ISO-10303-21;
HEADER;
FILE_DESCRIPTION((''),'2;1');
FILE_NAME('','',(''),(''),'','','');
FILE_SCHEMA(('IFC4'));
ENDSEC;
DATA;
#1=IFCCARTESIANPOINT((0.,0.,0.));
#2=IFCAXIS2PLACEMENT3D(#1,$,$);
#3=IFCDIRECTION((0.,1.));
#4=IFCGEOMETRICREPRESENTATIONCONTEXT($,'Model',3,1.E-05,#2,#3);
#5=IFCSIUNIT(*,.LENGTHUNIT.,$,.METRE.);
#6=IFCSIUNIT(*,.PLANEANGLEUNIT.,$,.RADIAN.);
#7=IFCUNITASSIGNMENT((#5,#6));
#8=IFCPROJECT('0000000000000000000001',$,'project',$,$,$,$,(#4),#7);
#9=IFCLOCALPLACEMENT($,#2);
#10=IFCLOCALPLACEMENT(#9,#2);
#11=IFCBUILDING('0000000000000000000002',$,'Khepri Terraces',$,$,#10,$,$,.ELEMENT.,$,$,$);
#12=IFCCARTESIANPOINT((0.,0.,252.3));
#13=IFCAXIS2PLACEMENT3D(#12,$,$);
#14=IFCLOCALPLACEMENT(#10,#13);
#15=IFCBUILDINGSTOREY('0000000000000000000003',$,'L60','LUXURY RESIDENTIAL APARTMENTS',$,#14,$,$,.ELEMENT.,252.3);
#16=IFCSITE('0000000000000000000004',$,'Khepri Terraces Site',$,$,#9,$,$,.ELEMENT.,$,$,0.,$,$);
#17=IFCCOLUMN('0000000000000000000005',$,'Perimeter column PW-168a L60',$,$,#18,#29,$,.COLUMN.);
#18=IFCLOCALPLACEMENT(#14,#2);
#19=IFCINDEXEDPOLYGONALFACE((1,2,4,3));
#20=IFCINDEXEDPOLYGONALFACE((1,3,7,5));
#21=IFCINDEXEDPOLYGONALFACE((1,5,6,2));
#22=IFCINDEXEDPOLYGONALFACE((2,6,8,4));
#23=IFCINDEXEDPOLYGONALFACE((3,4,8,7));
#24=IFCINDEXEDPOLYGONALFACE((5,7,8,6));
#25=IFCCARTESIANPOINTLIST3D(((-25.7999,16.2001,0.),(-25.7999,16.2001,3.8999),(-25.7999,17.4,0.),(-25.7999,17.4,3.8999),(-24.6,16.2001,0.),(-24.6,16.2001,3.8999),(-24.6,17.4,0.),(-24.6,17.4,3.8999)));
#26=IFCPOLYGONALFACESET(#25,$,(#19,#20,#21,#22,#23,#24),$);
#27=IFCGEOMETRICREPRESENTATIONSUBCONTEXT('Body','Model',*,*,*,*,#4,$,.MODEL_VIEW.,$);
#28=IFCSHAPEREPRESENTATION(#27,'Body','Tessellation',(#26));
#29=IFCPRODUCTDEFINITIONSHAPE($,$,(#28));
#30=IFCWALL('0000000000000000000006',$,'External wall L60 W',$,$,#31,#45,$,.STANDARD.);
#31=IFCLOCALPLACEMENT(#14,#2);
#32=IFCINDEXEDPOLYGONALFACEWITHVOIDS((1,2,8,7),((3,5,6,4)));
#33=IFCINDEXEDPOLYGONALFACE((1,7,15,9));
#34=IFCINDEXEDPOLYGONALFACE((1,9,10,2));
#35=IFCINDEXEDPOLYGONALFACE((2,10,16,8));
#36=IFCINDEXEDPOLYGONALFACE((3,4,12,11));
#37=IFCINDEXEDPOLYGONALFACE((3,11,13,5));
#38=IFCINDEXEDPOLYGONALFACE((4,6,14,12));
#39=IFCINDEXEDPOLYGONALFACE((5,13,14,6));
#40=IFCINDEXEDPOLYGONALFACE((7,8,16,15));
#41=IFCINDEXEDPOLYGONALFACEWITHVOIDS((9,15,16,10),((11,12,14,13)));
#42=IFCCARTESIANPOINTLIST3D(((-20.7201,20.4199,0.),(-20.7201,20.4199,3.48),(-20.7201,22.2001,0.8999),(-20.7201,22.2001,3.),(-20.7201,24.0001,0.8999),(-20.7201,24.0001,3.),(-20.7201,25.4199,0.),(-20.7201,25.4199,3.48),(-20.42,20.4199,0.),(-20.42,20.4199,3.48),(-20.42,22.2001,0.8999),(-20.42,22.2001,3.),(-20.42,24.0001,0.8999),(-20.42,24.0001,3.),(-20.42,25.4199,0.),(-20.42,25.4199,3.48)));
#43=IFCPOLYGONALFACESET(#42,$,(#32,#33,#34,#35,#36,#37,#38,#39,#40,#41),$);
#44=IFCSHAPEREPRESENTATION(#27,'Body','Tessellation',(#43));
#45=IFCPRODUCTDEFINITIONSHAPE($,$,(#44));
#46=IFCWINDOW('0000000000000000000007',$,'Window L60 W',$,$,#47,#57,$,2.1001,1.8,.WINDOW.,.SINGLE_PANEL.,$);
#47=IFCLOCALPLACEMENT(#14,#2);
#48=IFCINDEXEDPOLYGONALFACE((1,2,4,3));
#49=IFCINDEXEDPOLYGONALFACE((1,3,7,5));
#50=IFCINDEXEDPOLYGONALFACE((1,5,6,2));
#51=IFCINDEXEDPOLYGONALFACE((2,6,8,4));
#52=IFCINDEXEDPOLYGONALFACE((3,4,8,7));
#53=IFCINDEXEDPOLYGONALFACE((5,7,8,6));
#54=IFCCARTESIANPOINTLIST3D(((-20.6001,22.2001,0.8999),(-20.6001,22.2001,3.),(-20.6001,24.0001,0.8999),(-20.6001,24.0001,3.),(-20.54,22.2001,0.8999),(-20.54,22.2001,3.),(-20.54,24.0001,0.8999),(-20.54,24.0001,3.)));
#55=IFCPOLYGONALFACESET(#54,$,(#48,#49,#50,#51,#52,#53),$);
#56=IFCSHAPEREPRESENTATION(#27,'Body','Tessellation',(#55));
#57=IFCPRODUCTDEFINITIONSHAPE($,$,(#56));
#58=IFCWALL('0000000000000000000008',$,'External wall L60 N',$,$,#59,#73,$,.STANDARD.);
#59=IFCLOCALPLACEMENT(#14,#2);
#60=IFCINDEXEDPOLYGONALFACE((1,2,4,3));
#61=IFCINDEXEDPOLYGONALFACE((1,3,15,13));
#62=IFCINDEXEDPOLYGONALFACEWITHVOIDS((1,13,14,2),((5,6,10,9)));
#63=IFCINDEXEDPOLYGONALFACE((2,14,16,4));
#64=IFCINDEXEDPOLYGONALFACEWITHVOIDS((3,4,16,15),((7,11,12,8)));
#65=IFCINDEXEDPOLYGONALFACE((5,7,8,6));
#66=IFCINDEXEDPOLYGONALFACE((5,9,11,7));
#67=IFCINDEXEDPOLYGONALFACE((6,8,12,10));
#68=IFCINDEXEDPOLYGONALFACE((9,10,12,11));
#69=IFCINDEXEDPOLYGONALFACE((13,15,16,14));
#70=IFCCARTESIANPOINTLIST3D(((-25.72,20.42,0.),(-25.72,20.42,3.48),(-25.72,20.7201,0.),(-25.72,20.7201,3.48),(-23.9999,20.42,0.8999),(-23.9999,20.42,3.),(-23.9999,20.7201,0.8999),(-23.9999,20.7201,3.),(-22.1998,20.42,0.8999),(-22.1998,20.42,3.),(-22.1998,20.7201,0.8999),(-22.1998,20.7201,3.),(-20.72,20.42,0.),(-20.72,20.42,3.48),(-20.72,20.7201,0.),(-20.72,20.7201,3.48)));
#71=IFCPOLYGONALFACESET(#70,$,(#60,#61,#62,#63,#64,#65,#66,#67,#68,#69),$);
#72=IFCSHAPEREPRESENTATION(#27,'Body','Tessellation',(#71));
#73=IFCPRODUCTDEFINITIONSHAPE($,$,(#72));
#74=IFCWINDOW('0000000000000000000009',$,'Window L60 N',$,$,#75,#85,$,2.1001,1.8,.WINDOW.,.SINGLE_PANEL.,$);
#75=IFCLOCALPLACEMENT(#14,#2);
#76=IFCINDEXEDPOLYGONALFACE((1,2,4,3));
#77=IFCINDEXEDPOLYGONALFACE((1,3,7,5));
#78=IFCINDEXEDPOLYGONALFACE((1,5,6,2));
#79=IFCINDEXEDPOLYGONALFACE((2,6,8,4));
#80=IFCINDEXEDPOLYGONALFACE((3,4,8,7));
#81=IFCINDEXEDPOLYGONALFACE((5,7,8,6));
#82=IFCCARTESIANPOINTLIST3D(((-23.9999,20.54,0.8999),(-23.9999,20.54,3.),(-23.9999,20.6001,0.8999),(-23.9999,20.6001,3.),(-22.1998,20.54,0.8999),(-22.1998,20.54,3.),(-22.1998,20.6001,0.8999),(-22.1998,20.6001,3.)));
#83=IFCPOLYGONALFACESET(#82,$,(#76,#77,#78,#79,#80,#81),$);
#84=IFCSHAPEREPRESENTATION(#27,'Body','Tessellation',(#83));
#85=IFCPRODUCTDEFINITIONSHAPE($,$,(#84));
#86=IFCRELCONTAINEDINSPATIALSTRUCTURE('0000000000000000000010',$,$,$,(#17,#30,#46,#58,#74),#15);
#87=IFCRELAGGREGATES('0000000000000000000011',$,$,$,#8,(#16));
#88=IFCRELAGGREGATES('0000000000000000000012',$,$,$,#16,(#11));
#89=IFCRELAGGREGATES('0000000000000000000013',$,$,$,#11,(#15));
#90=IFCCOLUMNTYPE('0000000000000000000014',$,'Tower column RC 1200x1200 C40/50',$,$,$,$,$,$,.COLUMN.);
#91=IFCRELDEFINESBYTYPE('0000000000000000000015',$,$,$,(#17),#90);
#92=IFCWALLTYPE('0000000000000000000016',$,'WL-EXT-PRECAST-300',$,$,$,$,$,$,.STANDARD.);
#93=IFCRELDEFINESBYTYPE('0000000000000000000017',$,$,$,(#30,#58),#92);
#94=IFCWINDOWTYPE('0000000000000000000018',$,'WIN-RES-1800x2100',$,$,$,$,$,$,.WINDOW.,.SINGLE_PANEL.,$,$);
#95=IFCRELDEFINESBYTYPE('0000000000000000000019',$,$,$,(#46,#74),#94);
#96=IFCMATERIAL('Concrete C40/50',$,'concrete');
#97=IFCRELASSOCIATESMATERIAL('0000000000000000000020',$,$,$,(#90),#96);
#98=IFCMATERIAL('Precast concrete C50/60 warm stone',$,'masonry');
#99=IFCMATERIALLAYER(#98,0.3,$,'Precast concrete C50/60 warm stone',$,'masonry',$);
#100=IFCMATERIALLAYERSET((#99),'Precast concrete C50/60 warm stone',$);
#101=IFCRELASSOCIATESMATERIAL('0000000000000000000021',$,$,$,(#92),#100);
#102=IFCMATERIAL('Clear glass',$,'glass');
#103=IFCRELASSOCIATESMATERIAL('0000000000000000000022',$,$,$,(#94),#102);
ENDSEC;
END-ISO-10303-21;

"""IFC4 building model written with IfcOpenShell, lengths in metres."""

from ifc_helpers import new_model, si_unit, direction, frame, frame_2d, origin, origin_2d, place, context, subcontext, project, spatial, rectangle, extrude, material, layer, layer_set, material_profile, profile_set, type_object, element, fill, save


model = new_model("IFC4")

# Units and contexts
model_context = context("Model", 3, precision=1e-05, world=origin(), true_north=direction((0.0, 1.0)))
body_context = subcontext(model_context, "Body", "Model", "MODEL_VIEW")
ifc_project = project(units=[si_unit("LENGTHUNIT", "METRE"), si_unit("PLANEANGLEUNIT", "RADIAN")], contexts=[model_context])

# Site, building, storey
site_placement = place(None, origin())
site = spatial("IfcSite", under=ifc_project, at=site_placement, Name="Khepri Terraces Site", CompositionType="ELEMENT", RefElevation=0.0)
building_placement = place(site_placement, origin())
building = spatial("IfcBuilding", under=site, at=building_placement, Name="Khepri Terraces", CompositionType="ELEMENT")
storey_placement = place(building_placement, frame((0.0, 0.0, 252.3)))
storey = spatial("IfcBuildingStorey", under=building, at=storey_placement, Name="L60", Description="LUXURY RESIDENTIAL APARTMENTS", CompositionType="ELEMENT", Elevation=252.3)

# Column
ifc_material_1 = material(Name="Concrete C40/50", Category="concrete")
ifc_material_profile = material_profile(ifc_material_1, rectangle(XDim=1.2, YDim=1.2, at=origin_2d()), Name="Concrete C40/50", Category="concrete")
ifc_profile_set = profile_set([ifc_material_profile], Name="Concrete C40/50")
column_type = type_object("IfcColumnType", Name="Tower column RC 1200x1200 C40/50", PredefinedType="COLUMN", material=ifc_profile_set)
column_placement = place(storey_placement, frame((-25.2, 16.8, 0.0), z_axis=(0.0, 0.0, 1.0), x_axis=(1.0, 0.0, 0.0)))
element("IfcColumn", 1, at=column_placement, inside=storey, type_object=column_type, Name="Perimeter column PW-168a L60", PredefinedType="COLUMN", context=body_context, shape_type="SweptSolid", body=[
    extrude(rectangle(XDim=1.2, YDim=1.2, at=origin_2d()), origin(), (0.0, 0.0, 1.0), 3.8999),
])

# Walls, openings, windows
ifc_material_2 = material(Name="Precast concrete C50/60 warm stone", Category="masonry")
ifc_layer = layer(ifc_material_2, 0.3, Name="Precast concrete C50/60 warm stone", Category="masonry")
ifc_layer_set = layer_set([ifc_layer], Name="Precast concrete C50/60 warm stone")
wall_type = type_object("IfcWallType", Name="WL-EXT-PRECAST-300", PredefinedType="STANDARD", material=ifc_layer_set)
wall_1_placement = place(storey_placement, frame((-20.5701, 25.4199, 0.0), z_axis=(0.0, 0.0, 1.0), x_axis=(0.0, -1.0, 0.0)))
wall_1 = element("IfcWall", 2, at=wall_1_placement, inside=storey, type_object=wall_type, Name="External wall L60 W", PredefinedType="STANDARD", context=body_context, shape_type="SweptSolid", body=[
    extrude(rectangle(XDim=5.0, YDim=0.3, at=frame_2d((2.5, 0.0))), origin(), (0.0, 0.0, 1.0), 3.48),
])
opening_1_placement = place(wall_1_placement, frame((1.4199, 0.0, 0.8999)))
opening_1 = element("IfcOpeningElement", 3, at=opening_1_placement, cuts=wall_1, PredefinedType="OPENING", context=body_context, shape_type="SweptSolid", body=[
    extrude(rectangle(XDim=1.8, YDim=2.1001, at=frame_2d((0.8999, 1.05))), frame((0.0, 0.1602, 0.0), z_axis=(0.0, -1.0, 0.0), x_axis=(1.0, 0.0, 0.0)), (0.0, 0.0, 1.0), 0.3201),
])
ifc_material_3 = material(Name="Clear glass", Category="glass")
window_type = type_object("IfcWindowType", Name="WIN-RES-1800x2100", PartitioningType="SINGLE_PANEL", PredefinedType="WINDOW", material=ifc_material_3)
window_1_placement = place(opening_1_placement, origin())
window_1 = element("IfcWindow", 4, at=window_1_placement, inside=storey, type_object=window_type, Name="Window L60 W", OverallHeight=2.1001, OverallWidth=1.8, PartitioningType="SINGLE_PANEL", PredefinedType="WINDOW", context=body_context, shape_type="SweptSolid", body=[
    extrude(rectangle(XDim=1.8, YDim=2.1001, at=frame_2d((0.8999, 1.05))), frame((0.0, 0.03, 0.0), z_axis=(0.0, -1.0, 0.0), x_axis=(1.0, 0.0, 0.0)), (0.0, 0.0, 1.0), 0.0601),
])
fill(opening_1, window_1)
wall_2_placement = place(storey_placement, frame((-20.72, 20.5701, 0.0), z_axis=(0.0, 0.0, 1.0), x_axis=(-1.0, 0.0, 0.0)))
wall_2 = element("IfcWall", 5, at=wall_2_placement, inside=storey, type_object=wall_type, Name="External wall L60 N", PredefinedType="STANDARD", context=body_context, shape_type="SweptSolid", body=[
    extrude(rectangle(XDim=5.0, YDim=0.3, at=frame_2d((2.5, 0.0))), origin(), (0.0, 0.0, 1.0), 3.48),
])
opening_2_placement = place(wall_2_placement, frame((1.48, 0.0, 0.8999)))
opening_2 = element("IfcOpeningElement", 6, at=opening_2_placement, cuts=wall_2, PredefinedType="OPENING", context=body_context, shape_type="SweptSolid", body=[
    extrude(rectangle(XDim=1.8, YDim=2.1001, at=frame_2d((0.8999, 1.05))), frame((0.0, 0.1602, 0.0), z_axis=(0.0, -1.0, 0.0), x_axis=(1.0, 0.0, 0.0)), (0.0, 0.0, 1.0), 0.3201),
])
window_2_placement = place(opening_2_placement, origin())
window_2 = element("IfcWindow", 7, at=window_2_placement, inside=storey, type_object=window_type, Name="Window L60 N", OverallHeight=2.1001, OverallWidth=1.8, PartitioningType="SINGLE_PANEL", PredefinedType="WINDOW", context=body_context, shape_type="SweptSolid", body=[
    extrude(rectangle(XDim=1.8, YDim=2.1001, at=frame_2d((0.8999, 1.05))), frame((0.0, 0.03, 0.0), z_axis=(0.0, -1.0, 0.0), x_axis=(1.0, 0.0, 0.0)), (0.0, 0.0, 1.0), 0.0601),
])
fill(opening_2, window_2)

save(model, "model.ifc")
